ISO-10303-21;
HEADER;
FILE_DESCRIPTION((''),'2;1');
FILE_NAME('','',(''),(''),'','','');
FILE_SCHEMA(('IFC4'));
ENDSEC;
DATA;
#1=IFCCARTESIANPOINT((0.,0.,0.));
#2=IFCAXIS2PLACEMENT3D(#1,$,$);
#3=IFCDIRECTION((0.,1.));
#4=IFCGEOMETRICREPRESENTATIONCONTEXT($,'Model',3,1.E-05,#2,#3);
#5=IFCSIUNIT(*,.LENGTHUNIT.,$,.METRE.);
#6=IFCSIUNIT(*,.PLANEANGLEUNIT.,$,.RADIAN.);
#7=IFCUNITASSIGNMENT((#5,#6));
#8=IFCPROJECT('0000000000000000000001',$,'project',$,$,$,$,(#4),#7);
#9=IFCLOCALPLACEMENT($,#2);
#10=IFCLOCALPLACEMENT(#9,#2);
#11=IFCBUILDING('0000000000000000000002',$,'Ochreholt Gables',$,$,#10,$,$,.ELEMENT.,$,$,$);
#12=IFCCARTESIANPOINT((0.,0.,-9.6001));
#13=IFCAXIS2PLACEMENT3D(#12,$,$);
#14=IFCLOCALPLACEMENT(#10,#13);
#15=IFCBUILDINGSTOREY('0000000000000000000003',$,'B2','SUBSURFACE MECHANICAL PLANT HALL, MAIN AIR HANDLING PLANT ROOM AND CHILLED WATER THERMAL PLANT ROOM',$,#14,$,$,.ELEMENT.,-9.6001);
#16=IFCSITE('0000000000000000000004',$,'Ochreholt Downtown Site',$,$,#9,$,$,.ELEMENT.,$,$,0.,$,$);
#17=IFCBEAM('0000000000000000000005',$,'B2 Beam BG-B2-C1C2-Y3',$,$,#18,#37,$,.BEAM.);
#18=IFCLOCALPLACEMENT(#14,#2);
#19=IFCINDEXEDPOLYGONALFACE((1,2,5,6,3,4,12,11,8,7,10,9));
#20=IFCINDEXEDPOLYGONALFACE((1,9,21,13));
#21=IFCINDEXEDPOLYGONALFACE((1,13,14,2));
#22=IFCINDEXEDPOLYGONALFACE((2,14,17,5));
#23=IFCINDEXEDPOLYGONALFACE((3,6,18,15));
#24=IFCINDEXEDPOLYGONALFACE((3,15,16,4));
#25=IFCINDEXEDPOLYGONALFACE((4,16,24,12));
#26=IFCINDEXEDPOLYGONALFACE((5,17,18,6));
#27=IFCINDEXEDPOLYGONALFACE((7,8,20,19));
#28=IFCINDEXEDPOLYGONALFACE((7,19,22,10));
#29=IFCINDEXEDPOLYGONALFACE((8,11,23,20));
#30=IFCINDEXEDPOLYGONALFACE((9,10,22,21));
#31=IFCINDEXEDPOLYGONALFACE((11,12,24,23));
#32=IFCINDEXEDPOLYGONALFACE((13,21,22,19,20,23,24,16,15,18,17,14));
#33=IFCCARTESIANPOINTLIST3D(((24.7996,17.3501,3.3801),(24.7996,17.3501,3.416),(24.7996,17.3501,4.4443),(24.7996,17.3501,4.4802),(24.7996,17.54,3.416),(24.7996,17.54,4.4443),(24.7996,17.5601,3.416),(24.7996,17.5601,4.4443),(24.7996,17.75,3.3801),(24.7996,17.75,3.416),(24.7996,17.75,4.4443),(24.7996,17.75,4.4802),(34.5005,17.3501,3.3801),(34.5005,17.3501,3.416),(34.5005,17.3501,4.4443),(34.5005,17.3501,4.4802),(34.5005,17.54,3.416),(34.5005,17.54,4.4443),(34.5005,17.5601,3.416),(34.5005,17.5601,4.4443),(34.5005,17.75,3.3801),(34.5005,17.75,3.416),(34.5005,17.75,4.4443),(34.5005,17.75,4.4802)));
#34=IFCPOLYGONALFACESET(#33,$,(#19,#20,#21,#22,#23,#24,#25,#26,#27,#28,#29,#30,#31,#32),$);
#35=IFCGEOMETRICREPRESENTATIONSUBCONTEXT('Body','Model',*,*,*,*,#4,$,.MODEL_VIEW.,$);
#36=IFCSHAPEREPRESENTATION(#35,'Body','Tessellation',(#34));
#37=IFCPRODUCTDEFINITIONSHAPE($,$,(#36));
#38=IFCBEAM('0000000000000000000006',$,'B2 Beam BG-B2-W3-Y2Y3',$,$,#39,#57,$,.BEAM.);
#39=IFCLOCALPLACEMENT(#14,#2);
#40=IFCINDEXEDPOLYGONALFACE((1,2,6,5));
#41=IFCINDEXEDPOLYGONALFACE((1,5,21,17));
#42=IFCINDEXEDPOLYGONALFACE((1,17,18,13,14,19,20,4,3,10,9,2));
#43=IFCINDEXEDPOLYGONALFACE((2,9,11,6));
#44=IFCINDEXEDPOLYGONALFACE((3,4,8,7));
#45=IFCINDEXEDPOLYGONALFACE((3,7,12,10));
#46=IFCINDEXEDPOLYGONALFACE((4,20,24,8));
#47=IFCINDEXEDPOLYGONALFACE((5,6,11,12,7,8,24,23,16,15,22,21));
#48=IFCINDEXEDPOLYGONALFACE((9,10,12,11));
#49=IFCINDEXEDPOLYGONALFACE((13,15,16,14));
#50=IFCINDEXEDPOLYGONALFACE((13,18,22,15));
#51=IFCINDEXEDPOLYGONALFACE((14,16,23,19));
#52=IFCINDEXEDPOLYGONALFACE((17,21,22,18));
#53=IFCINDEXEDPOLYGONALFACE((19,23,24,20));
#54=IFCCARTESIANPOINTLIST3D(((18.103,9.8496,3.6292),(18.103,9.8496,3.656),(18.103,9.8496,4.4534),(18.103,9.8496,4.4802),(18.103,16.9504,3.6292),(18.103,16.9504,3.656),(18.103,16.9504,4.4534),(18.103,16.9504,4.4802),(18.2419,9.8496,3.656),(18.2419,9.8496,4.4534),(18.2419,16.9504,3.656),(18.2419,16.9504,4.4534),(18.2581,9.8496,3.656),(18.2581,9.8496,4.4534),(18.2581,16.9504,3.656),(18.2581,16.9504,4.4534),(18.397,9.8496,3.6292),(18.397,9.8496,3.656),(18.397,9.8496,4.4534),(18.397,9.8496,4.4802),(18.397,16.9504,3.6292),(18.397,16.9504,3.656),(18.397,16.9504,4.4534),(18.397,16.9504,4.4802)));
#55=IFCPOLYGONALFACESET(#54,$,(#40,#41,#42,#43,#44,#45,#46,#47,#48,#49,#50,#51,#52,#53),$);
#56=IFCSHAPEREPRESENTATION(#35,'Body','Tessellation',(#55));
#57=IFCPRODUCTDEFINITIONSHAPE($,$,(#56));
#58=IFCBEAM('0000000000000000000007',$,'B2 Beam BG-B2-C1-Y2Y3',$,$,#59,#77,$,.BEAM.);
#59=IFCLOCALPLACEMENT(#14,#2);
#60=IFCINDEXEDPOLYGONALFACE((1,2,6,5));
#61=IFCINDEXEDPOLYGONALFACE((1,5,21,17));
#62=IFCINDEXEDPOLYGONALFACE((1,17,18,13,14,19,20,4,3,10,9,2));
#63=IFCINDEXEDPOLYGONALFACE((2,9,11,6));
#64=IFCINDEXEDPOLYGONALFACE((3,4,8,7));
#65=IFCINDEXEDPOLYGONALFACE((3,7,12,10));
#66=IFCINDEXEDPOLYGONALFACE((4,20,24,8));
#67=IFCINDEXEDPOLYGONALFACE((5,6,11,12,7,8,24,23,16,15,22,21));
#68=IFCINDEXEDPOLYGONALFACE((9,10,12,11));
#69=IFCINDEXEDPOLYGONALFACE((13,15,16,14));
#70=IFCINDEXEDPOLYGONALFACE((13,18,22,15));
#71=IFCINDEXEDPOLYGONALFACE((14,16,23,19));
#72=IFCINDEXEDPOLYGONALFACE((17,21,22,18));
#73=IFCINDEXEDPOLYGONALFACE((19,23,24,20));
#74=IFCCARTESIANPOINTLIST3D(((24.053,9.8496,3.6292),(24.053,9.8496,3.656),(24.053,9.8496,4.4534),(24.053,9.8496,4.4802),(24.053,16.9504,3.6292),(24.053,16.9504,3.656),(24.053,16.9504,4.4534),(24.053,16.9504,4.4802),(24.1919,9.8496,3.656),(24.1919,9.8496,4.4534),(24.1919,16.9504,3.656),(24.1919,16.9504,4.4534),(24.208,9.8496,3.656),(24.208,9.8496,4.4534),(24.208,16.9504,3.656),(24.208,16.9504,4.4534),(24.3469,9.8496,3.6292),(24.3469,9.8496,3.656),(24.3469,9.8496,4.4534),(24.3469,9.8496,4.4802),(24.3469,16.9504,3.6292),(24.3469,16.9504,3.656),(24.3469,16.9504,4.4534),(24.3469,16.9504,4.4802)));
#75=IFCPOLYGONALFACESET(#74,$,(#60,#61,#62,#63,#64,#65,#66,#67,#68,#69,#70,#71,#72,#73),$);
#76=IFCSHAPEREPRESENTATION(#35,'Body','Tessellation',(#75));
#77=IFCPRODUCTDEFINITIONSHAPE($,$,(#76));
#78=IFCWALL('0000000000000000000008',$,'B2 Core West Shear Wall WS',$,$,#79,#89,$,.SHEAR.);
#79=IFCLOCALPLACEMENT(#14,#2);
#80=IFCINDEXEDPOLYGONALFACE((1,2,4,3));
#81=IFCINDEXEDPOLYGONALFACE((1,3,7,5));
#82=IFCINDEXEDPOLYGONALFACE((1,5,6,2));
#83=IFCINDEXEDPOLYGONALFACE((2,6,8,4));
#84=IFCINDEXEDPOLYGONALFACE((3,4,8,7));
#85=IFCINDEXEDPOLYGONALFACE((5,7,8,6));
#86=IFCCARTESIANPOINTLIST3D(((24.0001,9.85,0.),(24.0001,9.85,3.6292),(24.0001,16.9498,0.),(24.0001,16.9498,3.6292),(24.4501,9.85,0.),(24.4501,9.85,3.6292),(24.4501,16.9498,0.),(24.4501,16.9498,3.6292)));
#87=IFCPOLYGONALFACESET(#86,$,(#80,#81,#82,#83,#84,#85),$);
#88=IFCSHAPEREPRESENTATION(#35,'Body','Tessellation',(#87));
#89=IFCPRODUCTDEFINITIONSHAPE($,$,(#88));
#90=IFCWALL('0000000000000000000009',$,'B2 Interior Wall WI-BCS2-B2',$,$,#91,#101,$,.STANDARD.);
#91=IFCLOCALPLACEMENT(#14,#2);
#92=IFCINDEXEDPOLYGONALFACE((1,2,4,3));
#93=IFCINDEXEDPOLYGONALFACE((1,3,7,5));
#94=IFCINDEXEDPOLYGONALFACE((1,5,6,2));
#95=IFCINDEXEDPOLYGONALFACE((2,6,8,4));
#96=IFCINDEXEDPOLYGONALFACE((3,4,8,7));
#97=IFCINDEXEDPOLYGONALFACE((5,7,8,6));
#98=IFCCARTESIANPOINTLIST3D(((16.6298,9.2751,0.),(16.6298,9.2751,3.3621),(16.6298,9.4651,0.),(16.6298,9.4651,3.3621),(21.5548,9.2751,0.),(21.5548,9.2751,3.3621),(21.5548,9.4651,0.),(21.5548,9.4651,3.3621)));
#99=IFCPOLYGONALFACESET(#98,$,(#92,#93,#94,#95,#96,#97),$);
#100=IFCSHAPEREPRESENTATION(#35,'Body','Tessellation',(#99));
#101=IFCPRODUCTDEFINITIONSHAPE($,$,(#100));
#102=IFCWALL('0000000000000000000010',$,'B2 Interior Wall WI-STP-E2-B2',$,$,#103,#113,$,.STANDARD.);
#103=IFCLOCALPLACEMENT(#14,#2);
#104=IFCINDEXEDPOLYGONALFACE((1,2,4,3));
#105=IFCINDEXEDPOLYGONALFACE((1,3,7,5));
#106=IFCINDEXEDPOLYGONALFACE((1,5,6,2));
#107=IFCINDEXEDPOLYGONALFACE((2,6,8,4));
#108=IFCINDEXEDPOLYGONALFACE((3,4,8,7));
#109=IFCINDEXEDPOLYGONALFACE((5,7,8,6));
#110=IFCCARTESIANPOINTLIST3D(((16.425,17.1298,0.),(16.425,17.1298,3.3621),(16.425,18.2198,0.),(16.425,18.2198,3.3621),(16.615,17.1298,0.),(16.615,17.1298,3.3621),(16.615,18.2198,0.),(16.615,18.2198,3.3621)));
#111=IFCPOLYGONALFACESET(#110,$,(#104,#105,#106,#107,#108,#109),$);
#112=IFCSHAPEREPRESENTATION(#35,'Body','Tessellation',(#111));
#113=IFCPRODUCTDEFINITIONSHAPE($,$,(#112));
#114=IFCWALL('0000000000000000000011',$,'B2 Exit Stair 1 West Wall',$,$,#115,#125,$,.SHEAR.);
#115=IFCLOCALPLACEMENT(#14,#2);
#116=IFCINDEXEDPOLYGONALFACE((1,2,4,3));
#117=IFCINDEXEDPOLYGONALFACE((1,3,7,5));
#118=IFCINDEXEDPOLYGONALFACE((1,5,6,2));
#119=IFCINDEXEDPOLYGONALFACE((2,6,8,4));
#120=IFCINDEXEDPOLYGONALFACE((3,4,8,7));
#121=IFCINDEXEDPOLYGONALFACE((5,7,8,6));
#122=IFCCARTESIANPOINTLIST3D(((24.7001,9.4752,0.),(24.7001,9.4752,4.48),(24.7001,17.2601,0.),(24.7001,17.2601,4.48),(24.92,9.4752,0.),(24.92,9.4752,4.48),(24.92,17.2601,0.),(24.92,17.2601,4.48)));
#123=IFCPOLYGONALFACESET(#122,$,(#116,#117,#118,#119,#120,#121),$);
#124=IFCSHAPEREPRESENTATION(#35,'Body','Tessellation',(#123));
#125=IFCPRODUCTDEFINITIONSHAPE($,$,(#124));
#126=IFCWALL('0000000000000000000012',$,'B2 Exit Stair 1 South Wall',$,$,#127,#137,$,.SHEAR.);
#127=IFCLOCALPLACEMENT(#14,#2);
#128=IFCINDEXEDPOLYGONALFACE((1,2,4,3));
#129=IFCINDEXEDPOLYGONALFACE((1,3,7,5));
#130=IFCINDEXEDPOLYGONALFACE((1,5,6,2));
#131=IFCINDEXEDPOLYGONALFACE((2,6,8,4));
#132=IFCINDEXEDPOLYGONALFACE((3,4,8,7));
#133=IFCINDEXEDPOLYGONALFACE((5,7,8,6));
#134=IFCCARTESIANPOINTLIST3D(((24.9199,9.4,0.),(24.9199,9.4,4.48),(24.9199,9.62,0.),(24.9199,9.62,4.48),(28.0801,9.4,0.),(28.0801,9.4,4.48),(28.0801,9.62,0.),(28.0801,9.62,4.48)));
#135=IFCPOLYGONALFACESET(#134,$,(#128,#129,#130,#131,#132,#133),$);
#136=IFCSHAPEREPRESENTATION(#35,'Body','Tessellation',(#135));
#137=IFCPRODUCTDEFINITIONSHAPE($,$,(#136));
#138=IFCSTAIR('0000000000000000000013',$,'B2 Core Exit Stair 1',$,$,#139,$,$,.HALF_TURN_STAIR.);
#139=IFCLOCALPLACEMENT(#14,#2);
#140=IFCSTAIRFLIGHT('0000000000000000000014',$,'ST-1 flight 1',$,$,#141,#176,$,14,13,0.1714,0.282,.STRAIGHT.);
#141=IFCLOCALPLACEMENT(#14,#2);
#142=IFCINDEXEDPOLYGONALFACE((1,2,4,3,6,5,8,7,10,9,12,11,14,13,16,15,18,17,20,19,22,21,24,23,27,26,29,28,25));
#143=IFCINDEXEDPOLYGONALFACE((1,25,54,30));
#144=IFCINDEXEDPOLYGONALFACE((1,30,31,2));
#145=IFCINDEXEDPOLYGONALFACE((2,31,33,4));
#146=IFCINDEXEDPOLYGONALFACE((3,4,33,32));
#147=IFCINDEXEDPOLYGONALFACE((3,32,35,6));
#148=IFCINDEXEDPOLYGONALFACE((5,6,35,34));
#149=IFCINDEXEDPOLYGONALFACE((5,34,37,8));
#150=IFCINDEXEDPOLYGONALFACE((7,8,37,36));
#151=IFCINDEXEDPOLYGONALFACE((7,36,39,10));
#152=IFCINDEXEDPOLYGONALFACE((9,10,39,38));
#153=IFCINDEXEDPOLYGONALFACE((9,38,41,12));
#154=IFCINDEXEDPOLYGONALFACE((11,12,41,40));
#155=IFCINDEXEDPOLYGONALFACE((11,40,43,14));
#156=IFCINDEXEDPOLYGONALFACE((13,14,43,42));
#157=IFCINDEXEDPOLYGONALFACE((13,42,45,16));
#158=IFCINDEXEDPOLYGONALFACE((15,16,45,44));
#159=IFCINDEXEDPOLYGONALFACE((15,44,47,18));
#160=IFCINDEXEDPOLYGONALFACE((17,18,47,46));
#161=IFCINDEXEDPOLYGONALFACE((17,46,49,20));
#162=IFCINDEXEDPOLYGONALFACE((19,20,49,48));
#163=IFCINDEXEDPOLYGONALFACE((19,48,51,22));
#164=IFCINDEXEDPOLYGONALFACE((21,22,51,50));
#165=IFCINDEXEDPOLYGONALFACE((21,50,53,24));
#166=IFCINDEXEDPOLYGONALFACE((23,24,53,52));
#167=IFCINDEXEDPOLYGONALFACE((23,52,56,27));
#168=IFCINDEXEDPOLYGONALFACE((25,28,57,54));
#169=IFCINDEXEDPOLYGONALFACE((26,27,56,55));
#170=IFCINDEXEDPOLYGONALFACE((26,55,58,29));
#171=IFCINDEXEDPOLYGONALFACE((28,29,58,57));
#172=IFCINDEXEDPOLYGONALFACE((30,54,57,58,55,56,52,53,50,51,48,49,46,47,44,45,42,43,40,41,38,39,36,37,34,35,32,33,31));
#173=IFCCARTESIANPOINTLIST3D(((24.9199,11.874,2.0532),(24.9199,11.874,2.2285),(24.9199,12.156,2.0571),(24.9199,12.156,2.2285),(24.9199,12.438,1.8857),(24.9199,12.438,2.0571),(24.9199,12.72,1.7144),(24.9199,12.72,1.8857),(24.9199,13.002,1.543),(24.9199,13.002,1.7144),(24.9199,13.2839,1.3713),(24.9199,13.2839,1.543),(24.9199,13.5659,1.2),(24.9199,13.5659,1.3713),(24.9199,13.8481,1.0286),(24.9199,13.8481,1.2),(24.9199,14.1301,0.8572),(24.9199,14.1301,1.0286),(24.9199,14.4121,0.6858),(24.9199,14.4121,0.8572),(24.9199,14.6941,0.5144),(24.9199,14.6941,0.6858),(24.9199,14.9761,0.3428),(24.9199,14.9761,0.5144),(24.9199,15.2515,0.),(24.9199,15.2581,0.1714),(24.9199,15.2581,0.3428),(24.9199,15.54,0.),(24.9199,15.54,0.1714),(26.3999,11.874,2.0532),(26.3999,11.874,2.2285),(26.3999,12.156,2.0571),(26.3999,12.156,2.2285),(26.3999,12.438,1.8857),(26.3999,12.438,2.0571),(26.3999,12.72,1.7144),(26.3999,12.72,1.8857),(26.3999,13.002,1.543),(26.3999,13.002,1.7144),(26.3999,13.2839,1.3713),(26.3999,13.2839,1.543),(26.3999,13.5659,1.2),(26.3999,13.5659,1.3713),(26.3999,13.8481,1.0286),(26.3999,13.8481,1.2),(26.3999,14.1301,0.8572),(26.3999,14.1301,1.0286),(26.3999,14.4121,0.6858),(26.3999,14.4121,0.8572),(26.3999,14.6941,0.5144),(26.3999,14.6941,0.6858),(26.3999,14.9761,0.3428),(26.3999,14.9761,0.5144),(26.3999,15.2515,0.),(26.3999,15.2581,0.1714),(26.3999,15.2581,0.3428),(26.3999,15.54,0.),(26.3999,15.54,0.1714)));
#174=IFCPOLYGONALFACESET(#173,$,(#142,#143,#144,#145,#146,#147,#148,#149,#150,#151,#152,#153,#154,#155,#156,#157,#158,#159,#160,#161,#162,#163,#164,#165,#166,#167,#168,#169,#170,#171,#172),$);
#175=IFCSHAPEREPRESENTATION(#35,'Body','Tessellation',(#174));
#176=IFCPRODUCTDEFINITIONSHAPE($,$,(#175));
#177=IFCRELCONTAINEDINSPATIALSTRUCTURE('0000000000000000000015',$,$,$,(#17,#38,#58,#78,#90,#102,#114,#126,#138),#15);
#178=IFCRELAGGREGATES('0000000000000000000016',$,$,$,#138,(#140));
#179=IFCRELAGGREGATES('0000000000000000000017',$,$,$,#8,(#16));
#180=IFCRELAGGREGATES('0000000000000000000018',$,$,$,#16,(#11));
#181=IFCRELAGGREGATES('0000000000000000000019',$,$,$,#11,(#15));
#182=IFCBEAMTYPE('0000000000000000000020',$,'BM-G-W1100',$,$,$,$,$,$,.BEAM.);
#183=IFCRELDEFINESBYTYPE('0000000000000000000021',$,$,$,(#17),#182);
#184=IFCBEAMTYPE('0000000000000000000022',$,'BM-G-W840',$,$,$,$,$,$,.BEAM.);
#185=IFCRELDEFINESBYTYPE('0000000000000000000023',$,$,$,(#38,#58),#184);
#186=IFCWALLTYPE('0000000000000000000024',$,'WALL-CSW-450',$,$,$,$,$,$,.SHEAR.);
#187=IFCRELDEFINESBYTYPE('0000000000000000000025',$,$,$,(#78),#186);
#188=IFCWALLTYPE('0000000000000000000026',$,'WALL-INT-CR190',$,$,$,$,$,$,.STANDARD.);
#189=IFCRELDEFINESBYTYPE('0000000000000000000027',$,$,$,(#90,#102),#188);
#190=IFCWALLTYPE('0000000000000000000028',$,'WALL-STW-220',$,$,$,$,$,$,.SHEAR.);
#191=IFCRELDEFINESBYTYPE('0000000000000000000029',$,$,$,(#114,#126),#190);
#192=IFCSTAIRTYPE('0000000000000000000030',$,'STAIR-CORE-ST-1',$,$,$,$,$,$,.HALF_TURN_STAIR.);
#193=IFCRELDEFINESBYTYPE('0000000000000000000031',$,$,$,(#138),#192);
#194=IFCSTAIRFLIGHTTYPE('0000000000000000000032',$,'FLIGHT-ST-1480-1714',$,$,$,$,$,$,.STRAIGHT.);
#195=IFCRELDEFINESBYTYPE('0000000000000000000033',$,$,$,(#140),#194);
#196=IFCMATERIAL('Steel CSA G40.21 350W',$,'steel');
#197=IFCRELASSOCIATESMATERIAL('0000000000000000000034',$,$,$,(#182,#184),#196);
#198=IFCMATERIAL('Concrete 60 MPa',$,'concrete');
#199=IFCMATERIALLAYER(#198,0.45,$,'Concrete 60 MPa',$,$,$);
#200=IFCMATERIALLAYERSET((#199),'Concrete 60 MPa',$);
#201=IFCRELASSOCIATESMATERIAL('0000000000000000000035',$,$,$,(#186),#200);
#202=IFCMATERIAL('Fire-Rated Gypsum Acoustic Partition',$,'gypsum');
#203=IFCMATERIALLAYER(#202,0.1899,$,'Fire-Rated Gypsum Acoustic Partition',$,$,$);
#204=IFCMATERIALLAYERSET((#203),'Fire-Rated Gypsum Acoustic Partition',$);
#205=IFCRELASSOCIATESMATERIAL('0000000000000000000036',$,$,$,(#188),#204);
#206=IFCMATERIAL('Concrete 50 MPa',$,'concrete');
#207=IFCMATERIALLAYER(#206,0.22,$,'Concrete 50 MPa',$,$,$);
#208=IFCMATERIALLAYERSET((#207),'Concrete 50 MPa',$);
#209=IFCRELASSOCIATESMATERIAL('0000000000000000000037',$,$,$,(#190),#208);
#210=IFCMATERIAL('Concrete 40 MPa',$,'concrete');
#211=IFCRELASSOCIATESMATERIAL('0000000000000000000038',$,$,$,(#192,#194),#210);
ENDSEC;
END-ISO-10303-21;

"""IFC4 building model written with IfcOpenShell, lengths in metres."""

from ifc_helpers import new_model, si_unit, direction, frame, frame_2d, origin, origin_2d, place, context, subcontext, project, spatial, polyline, rectangle, i_section, outline, extrude, material, layer, layer_set, material_profile, profile_set, type_object, element, aggregate, save


model = new_model("IFC4")

# Units and contexts
model_context = context("Model", 3, precision=1e-05, world=origin(), true_north=direction((0.0, 1.0)))
body_context = subcontext(model_context, "Body", "Model", "MODEL_VIEW")
ifc_project = project(units=[si_unit("LENGTHUNIT", "METRE"), si_unit("PLANEANGLEUNIT", "RADIAN")], contexts=[model_context])

# Site, building, storey
site_placement = place(None, origin())
site = spatial("IfcSite", under=ifc_project, at=site_placement, Name="Ochreholt Downtown Site", CompositionType="ELEMENT", RefElevation=0.0)
building_placement = place(site_placement, origin())
building = spatial("IfcBuilding", under=site, at=building_placement, Name="Ochreholt Gables", CompositionType="ELEMENT")
storey_placement = place(building_placement, frame((0.0, 0.0, -9.6001)))
storey = spatial("IfcBuildingStorey", under=building, at=storey_placement, Name="B2", Description="SUBSURFACE MECHANICAL PLANT HALL, MAIN AIR HANDLING PLANT ROOM AND CHILLED WATER THERMAL PLANT ROOM", CompositionType="ELEMENT", Elevation=-9.6001)

# Shared definitions
ifc_material_1 = material(Name="Concrete 50 MPa", Category="concrete")

# Shared definitions
ifc_material_2 = material(Name="Concrete 60 MPa", Category="concrete")

# Beams
ifc_material_3 = material(Name="Steel CSA G40.21 350W", Category="steel")
ifc_material_profile_1 = material_profile(ifc_material_3, i_section(OverallWidth=0.3999, OverallDepth=1.1001, WebThickness=0.02, FlangeThickness=0.0359, at=origin_2d()), Name="W1100X390")
ifc_profile_set_1 = profile_set([ifc_material_profile_1], Name="Steel CSA G40.21 350W")
beam_type_1 = type_object("IfcBeamType", Name="BM-G-W1100", PredefinedType="BEAM", material=ifc_profile_set_1)
beam_1_placement = place(storey_placement, frame((24.7996, 17.55, 3.9302), z_axis=(1.0, 0.0, 0.0), x_axis=(0.0, 1.0, 0.0)))
element("IfcBeam", 1, at=beam_1_placement, inside=storey, type_object=beam_type_1, Name="B2 Beam BG-B2-C1C2-Y3", PredefinedType="BEAM", context=body_context, shape_type="SweptSolid", body=[
    extrude(i_section(OverallWidth=0.3999, OverallDepth=1.1001, WebThickness=0.02, FlangeThickness=0.0359, at=origin_2d()), origin(), (0.0, 0.0, 1.0), 9.7009),
])
ifc_material_profile_2 = material_profile(ifc_material_3, i_section(OverallWidth=0.2939, OverallDepth=0.8511, WebThickness=0.0161, FlangeThickness=0.0269, at=origin_2d()), Name="W840X226")
ifc_profile_set_2 = profile_set([ifc_material_profile_2], Name="Steel CSA G40.21 350W")
beam_type_2 = type_object("IfcBeamType", Name="BM-G-W840", PredefinedType="BEAM", material=ifc_profile_set_2)
for number, where, z_axis, x_axis, name in (
    (2, (18.25, 9.8496, 4.0547), (0.0, 1.0, 0.0), (-1.0, 0.0, 0.0), "B2 Beam BG-B2-W3-Y2Y3"),
    (3, (24.2, 9.8496, 4.0547), (0.0, 1.0, 0.0), (-1.0, 0.0, 0.0), "B2 Beam BG-B2-C1-Y2Y3"),
):
    element("IfcBeam", number, at=place(storey_placement, frame(where, z_axis=z_axis, x_axis=x_axis)), inside=storey, type_object=beam_type_2, Name=name, PredefinedType="BEAM", context=body_context, shape_type="SweptSolid", body=[
        extrude(i_section(OverallWidth=0.2939, OverallDepth=0.8511, WebThickness=0.0161, FlangeThickness=0.0269, at=origin_2d()), origin(), (0.0, 0.0, 1.0), 7.1008),
    ])

# Walls
ifc_layer_1 = layer(ifc_material_2, 0.45, Name="Concrete 60 MPa")
ifc_layer_set_1 = layer_set([ifc_layer_1], Name="Concrete 60 MPa")
wall_type_1 = type_object("IfcWallType", Name="WALL-CSW-450", PredefinedType="SHEAR", material=ifc_layer_set_1)
wall_1_placement = place(storey_placement, frame((24.2251, 9.8501, 0.0), z_axis=(0.0, 0.0, 1.0), x_axis=(0.0, 1.0, 0.0)))
element("IfcWall", 4, at=wall_1_placement, inside=storey, type_object=wall_type_1, Name="B2 Core West Shear Wall WS", PredefinedType="SHEAR", context=body_context, shape_type="SweptSolid", body=[
    extrude(rectangle(XDim=7.0999, YDim=0.45, at=frame_2d((3.5498, 0.0))), origin(), (0.0, 0.0, 1.0), 3.6292),
])
ifc_material_4 = material(Name="Fire-Rated Gypsum Acoustic Partition", Category="gypsum")
ifc_layer_2 = layer(ifc_material_4, 0.1899, Name="Fire-Rated Gypsum Acoustic Partition")
ifc_layer_set_2 = layer_set([ifc_layer_2], Name="Fire-Rated Gypsum Acoustic Partition")
wall_type_2 = type_object("IfcWallType", Name="WALL-INT-CR190", PredefinedType="STANDARD", material=ifc_layer_set_2)
wall_2_placement = place(storey_placement, frame((16.6299, 9.3701, 0.0), z_axis=(0.0, 0.0, 1.0), x_axis=(1.0, 0.0, 0.0)))
element("IfcWall", 5, at=wall_2_placement, inside=storey, type_object=wall_type_2, Name="B2 Interior Wall WI-BCS2-B2", PredefinedType="STANDARD", context=body_context, shape_type="SweptSolid", body=[
    extrude(rectangle(XDim=4.925, YDim=0.1899, at=frame_2d((2.4624, 0.0))), origin(), (0.0, 0.0, 1.0), 3.3621),
])
wall_3_placement = place(storey_placement, frame((16.52, 17.1299, 0.0), z_axis=(0.0, 0.0, 1.0), x_axis=(0.0, 1.0, 0.0)))
element("IfcWall", 6, at=wall_3_placement, inside=storey, type_object=wall_type_2, Name="B2 Interior Wall WI-STP-E2-B2", PredefinedType="STANDARD", context=body_context, shape_type="SweptSolid", body=[
    extrude(rectangle(XDim=1.0901, YDim=0.1899, at=frame_2d((0.5449, 0.0))), origin(), (0.0, 0.0, 1.0), 3.3621),
])
ifc_layer_3 = layer(ifc_material_1, 0.22, Name="Concrete 50 MPa")
ifc_layer_set_3 = layer_set([ifc_layer_3], Name="Concrete 50 MPa")
wall_type_3 = type_object("IfcWallType", Name="WALL-STW-220", PredefinedType="SHEAR", material=ifc_layer_set_3)
wall_4_placement = place(storey_placement, frame((24.8101, 9.4751, 0.0), z_axis=(0.0, 0.0, 1.0), x_axis=(0.0, 1.0, 0.0)))
element("IfcWall", 7, at=wall_4_placement, inside=storey, type_object=wall_type_3, Name="B2 Exit Stair 1 West Wall", PredefinedType="SHEAR", context=body_context, shape_type="SweptSolid", body=[
    extrude(rectangle(XDim=7.7849, YDim=0.22, at=frame_2d((3.8926, 0.0))), origin(), (0.0, 0.0, 1.0), 4.48),
])
wall_5_placement = place(storey_placement, frame((24.9199, 9.51, 0.0), z_axis=(0.0, 0.0, 1.0), x_axis=(1.0, 0.0, 0.0)))
element("IfcWall", 8, at=wall_5_placement, inside=storey, type_object=wall_type_3, Name="B2 Exit Stair 1 South Wall", PredefinedType="SHEAR", context=body_context, shape_type="SweptSolid", body=[
    extrude(rectangle(XDim=3.1602, YDim=0.22, at=frame_2d((1.5801, 0.0))), origin(), (0.0, 0.0, 1.0), 4.48),
])

# Stair, stair flight
ifc_material_5 = material(Name="Concrete 40 MPa", Category="concrete")
stair_type_1 = type_object("IfcStairType", Name="STAIR-CORE-ST-1", PredefinedType="HALF_TURN_STAIR", material=ifc_material_5)
stair_1_placement = place(storey_placement, origin())
stair_1 = element("IfcStair", 9, at=stair_1_placement, inside=storey, type_object=stair_type_1, Name="B2 Core Exit Stair 1", PredefinedType="HALF_TURN_STAIR")
stair_flight_type = type_object("IfcStairFlightType", Name="FLIGHT-ST-1480-1714", PredefinedType="STRAIGHT", material=ifc_material_5)
stair_flight_1_placement = place(storey_placement, frame((25.6599, 15.54, 0.0), z_axis=(0.0, 0.0, 1.0), x_axis=(0.0, -1.0, 0.0)))
stair_flight_1 = element("IfcStairFlight", 10, at=stair_flight_1_placement, type_object=stair_flight_type, Name="ST-1 flight 1", NumberOfRisers=14, NumberOfTreads=13, PredefinedType="STRAIGHT", RiserHeight=0.1714, TreadLength=0.282, context=body_context, shape_type="SweptSolid", body=[
    extrude(outline(polyline([(0.0, 0.0), (0.0, 0.1714), (0.282, 0.1714), (0.282, 0.3428), (0.564, 0.3428), (0.564, 0.5144), (0.8459, 0.5144), (0.8459, 0.6858), (1.1279, 0.6858), (1.1279, 0.8572), (1.4099, 0.8572), (1.4099, 1.0286), (1.6919, 1.0286), (1.6919, 1.2), (1.9741, 1.2), (1.9741, 1.3713), (2.2561, 1.3713), (2.2561, 1.543), (2.5381, 1.543), (2.5381, 1.7144), (2.8201, 1.7144), (2.8201, 1.8857), (3.1021, 1.8857), (3.1021, 2.0571), (3.384, 2.0571), (3.384, 2.2285), (3.666, 2.2285), (3.666, 2.3999), (3.666, 2.0532), (0.2886, 0.0), (0.0, 0.0)])), frame((0.0, 0.74, 0.0), z_axis=(0.0, -1.0, 0.0), x_axis=(1.0, 0.0, 0.0)), (0.0, 0.0, 1.0), 1.48),
])
aggregate(stair_1, [stair_flight_1])

save(model, "model.ifc")
